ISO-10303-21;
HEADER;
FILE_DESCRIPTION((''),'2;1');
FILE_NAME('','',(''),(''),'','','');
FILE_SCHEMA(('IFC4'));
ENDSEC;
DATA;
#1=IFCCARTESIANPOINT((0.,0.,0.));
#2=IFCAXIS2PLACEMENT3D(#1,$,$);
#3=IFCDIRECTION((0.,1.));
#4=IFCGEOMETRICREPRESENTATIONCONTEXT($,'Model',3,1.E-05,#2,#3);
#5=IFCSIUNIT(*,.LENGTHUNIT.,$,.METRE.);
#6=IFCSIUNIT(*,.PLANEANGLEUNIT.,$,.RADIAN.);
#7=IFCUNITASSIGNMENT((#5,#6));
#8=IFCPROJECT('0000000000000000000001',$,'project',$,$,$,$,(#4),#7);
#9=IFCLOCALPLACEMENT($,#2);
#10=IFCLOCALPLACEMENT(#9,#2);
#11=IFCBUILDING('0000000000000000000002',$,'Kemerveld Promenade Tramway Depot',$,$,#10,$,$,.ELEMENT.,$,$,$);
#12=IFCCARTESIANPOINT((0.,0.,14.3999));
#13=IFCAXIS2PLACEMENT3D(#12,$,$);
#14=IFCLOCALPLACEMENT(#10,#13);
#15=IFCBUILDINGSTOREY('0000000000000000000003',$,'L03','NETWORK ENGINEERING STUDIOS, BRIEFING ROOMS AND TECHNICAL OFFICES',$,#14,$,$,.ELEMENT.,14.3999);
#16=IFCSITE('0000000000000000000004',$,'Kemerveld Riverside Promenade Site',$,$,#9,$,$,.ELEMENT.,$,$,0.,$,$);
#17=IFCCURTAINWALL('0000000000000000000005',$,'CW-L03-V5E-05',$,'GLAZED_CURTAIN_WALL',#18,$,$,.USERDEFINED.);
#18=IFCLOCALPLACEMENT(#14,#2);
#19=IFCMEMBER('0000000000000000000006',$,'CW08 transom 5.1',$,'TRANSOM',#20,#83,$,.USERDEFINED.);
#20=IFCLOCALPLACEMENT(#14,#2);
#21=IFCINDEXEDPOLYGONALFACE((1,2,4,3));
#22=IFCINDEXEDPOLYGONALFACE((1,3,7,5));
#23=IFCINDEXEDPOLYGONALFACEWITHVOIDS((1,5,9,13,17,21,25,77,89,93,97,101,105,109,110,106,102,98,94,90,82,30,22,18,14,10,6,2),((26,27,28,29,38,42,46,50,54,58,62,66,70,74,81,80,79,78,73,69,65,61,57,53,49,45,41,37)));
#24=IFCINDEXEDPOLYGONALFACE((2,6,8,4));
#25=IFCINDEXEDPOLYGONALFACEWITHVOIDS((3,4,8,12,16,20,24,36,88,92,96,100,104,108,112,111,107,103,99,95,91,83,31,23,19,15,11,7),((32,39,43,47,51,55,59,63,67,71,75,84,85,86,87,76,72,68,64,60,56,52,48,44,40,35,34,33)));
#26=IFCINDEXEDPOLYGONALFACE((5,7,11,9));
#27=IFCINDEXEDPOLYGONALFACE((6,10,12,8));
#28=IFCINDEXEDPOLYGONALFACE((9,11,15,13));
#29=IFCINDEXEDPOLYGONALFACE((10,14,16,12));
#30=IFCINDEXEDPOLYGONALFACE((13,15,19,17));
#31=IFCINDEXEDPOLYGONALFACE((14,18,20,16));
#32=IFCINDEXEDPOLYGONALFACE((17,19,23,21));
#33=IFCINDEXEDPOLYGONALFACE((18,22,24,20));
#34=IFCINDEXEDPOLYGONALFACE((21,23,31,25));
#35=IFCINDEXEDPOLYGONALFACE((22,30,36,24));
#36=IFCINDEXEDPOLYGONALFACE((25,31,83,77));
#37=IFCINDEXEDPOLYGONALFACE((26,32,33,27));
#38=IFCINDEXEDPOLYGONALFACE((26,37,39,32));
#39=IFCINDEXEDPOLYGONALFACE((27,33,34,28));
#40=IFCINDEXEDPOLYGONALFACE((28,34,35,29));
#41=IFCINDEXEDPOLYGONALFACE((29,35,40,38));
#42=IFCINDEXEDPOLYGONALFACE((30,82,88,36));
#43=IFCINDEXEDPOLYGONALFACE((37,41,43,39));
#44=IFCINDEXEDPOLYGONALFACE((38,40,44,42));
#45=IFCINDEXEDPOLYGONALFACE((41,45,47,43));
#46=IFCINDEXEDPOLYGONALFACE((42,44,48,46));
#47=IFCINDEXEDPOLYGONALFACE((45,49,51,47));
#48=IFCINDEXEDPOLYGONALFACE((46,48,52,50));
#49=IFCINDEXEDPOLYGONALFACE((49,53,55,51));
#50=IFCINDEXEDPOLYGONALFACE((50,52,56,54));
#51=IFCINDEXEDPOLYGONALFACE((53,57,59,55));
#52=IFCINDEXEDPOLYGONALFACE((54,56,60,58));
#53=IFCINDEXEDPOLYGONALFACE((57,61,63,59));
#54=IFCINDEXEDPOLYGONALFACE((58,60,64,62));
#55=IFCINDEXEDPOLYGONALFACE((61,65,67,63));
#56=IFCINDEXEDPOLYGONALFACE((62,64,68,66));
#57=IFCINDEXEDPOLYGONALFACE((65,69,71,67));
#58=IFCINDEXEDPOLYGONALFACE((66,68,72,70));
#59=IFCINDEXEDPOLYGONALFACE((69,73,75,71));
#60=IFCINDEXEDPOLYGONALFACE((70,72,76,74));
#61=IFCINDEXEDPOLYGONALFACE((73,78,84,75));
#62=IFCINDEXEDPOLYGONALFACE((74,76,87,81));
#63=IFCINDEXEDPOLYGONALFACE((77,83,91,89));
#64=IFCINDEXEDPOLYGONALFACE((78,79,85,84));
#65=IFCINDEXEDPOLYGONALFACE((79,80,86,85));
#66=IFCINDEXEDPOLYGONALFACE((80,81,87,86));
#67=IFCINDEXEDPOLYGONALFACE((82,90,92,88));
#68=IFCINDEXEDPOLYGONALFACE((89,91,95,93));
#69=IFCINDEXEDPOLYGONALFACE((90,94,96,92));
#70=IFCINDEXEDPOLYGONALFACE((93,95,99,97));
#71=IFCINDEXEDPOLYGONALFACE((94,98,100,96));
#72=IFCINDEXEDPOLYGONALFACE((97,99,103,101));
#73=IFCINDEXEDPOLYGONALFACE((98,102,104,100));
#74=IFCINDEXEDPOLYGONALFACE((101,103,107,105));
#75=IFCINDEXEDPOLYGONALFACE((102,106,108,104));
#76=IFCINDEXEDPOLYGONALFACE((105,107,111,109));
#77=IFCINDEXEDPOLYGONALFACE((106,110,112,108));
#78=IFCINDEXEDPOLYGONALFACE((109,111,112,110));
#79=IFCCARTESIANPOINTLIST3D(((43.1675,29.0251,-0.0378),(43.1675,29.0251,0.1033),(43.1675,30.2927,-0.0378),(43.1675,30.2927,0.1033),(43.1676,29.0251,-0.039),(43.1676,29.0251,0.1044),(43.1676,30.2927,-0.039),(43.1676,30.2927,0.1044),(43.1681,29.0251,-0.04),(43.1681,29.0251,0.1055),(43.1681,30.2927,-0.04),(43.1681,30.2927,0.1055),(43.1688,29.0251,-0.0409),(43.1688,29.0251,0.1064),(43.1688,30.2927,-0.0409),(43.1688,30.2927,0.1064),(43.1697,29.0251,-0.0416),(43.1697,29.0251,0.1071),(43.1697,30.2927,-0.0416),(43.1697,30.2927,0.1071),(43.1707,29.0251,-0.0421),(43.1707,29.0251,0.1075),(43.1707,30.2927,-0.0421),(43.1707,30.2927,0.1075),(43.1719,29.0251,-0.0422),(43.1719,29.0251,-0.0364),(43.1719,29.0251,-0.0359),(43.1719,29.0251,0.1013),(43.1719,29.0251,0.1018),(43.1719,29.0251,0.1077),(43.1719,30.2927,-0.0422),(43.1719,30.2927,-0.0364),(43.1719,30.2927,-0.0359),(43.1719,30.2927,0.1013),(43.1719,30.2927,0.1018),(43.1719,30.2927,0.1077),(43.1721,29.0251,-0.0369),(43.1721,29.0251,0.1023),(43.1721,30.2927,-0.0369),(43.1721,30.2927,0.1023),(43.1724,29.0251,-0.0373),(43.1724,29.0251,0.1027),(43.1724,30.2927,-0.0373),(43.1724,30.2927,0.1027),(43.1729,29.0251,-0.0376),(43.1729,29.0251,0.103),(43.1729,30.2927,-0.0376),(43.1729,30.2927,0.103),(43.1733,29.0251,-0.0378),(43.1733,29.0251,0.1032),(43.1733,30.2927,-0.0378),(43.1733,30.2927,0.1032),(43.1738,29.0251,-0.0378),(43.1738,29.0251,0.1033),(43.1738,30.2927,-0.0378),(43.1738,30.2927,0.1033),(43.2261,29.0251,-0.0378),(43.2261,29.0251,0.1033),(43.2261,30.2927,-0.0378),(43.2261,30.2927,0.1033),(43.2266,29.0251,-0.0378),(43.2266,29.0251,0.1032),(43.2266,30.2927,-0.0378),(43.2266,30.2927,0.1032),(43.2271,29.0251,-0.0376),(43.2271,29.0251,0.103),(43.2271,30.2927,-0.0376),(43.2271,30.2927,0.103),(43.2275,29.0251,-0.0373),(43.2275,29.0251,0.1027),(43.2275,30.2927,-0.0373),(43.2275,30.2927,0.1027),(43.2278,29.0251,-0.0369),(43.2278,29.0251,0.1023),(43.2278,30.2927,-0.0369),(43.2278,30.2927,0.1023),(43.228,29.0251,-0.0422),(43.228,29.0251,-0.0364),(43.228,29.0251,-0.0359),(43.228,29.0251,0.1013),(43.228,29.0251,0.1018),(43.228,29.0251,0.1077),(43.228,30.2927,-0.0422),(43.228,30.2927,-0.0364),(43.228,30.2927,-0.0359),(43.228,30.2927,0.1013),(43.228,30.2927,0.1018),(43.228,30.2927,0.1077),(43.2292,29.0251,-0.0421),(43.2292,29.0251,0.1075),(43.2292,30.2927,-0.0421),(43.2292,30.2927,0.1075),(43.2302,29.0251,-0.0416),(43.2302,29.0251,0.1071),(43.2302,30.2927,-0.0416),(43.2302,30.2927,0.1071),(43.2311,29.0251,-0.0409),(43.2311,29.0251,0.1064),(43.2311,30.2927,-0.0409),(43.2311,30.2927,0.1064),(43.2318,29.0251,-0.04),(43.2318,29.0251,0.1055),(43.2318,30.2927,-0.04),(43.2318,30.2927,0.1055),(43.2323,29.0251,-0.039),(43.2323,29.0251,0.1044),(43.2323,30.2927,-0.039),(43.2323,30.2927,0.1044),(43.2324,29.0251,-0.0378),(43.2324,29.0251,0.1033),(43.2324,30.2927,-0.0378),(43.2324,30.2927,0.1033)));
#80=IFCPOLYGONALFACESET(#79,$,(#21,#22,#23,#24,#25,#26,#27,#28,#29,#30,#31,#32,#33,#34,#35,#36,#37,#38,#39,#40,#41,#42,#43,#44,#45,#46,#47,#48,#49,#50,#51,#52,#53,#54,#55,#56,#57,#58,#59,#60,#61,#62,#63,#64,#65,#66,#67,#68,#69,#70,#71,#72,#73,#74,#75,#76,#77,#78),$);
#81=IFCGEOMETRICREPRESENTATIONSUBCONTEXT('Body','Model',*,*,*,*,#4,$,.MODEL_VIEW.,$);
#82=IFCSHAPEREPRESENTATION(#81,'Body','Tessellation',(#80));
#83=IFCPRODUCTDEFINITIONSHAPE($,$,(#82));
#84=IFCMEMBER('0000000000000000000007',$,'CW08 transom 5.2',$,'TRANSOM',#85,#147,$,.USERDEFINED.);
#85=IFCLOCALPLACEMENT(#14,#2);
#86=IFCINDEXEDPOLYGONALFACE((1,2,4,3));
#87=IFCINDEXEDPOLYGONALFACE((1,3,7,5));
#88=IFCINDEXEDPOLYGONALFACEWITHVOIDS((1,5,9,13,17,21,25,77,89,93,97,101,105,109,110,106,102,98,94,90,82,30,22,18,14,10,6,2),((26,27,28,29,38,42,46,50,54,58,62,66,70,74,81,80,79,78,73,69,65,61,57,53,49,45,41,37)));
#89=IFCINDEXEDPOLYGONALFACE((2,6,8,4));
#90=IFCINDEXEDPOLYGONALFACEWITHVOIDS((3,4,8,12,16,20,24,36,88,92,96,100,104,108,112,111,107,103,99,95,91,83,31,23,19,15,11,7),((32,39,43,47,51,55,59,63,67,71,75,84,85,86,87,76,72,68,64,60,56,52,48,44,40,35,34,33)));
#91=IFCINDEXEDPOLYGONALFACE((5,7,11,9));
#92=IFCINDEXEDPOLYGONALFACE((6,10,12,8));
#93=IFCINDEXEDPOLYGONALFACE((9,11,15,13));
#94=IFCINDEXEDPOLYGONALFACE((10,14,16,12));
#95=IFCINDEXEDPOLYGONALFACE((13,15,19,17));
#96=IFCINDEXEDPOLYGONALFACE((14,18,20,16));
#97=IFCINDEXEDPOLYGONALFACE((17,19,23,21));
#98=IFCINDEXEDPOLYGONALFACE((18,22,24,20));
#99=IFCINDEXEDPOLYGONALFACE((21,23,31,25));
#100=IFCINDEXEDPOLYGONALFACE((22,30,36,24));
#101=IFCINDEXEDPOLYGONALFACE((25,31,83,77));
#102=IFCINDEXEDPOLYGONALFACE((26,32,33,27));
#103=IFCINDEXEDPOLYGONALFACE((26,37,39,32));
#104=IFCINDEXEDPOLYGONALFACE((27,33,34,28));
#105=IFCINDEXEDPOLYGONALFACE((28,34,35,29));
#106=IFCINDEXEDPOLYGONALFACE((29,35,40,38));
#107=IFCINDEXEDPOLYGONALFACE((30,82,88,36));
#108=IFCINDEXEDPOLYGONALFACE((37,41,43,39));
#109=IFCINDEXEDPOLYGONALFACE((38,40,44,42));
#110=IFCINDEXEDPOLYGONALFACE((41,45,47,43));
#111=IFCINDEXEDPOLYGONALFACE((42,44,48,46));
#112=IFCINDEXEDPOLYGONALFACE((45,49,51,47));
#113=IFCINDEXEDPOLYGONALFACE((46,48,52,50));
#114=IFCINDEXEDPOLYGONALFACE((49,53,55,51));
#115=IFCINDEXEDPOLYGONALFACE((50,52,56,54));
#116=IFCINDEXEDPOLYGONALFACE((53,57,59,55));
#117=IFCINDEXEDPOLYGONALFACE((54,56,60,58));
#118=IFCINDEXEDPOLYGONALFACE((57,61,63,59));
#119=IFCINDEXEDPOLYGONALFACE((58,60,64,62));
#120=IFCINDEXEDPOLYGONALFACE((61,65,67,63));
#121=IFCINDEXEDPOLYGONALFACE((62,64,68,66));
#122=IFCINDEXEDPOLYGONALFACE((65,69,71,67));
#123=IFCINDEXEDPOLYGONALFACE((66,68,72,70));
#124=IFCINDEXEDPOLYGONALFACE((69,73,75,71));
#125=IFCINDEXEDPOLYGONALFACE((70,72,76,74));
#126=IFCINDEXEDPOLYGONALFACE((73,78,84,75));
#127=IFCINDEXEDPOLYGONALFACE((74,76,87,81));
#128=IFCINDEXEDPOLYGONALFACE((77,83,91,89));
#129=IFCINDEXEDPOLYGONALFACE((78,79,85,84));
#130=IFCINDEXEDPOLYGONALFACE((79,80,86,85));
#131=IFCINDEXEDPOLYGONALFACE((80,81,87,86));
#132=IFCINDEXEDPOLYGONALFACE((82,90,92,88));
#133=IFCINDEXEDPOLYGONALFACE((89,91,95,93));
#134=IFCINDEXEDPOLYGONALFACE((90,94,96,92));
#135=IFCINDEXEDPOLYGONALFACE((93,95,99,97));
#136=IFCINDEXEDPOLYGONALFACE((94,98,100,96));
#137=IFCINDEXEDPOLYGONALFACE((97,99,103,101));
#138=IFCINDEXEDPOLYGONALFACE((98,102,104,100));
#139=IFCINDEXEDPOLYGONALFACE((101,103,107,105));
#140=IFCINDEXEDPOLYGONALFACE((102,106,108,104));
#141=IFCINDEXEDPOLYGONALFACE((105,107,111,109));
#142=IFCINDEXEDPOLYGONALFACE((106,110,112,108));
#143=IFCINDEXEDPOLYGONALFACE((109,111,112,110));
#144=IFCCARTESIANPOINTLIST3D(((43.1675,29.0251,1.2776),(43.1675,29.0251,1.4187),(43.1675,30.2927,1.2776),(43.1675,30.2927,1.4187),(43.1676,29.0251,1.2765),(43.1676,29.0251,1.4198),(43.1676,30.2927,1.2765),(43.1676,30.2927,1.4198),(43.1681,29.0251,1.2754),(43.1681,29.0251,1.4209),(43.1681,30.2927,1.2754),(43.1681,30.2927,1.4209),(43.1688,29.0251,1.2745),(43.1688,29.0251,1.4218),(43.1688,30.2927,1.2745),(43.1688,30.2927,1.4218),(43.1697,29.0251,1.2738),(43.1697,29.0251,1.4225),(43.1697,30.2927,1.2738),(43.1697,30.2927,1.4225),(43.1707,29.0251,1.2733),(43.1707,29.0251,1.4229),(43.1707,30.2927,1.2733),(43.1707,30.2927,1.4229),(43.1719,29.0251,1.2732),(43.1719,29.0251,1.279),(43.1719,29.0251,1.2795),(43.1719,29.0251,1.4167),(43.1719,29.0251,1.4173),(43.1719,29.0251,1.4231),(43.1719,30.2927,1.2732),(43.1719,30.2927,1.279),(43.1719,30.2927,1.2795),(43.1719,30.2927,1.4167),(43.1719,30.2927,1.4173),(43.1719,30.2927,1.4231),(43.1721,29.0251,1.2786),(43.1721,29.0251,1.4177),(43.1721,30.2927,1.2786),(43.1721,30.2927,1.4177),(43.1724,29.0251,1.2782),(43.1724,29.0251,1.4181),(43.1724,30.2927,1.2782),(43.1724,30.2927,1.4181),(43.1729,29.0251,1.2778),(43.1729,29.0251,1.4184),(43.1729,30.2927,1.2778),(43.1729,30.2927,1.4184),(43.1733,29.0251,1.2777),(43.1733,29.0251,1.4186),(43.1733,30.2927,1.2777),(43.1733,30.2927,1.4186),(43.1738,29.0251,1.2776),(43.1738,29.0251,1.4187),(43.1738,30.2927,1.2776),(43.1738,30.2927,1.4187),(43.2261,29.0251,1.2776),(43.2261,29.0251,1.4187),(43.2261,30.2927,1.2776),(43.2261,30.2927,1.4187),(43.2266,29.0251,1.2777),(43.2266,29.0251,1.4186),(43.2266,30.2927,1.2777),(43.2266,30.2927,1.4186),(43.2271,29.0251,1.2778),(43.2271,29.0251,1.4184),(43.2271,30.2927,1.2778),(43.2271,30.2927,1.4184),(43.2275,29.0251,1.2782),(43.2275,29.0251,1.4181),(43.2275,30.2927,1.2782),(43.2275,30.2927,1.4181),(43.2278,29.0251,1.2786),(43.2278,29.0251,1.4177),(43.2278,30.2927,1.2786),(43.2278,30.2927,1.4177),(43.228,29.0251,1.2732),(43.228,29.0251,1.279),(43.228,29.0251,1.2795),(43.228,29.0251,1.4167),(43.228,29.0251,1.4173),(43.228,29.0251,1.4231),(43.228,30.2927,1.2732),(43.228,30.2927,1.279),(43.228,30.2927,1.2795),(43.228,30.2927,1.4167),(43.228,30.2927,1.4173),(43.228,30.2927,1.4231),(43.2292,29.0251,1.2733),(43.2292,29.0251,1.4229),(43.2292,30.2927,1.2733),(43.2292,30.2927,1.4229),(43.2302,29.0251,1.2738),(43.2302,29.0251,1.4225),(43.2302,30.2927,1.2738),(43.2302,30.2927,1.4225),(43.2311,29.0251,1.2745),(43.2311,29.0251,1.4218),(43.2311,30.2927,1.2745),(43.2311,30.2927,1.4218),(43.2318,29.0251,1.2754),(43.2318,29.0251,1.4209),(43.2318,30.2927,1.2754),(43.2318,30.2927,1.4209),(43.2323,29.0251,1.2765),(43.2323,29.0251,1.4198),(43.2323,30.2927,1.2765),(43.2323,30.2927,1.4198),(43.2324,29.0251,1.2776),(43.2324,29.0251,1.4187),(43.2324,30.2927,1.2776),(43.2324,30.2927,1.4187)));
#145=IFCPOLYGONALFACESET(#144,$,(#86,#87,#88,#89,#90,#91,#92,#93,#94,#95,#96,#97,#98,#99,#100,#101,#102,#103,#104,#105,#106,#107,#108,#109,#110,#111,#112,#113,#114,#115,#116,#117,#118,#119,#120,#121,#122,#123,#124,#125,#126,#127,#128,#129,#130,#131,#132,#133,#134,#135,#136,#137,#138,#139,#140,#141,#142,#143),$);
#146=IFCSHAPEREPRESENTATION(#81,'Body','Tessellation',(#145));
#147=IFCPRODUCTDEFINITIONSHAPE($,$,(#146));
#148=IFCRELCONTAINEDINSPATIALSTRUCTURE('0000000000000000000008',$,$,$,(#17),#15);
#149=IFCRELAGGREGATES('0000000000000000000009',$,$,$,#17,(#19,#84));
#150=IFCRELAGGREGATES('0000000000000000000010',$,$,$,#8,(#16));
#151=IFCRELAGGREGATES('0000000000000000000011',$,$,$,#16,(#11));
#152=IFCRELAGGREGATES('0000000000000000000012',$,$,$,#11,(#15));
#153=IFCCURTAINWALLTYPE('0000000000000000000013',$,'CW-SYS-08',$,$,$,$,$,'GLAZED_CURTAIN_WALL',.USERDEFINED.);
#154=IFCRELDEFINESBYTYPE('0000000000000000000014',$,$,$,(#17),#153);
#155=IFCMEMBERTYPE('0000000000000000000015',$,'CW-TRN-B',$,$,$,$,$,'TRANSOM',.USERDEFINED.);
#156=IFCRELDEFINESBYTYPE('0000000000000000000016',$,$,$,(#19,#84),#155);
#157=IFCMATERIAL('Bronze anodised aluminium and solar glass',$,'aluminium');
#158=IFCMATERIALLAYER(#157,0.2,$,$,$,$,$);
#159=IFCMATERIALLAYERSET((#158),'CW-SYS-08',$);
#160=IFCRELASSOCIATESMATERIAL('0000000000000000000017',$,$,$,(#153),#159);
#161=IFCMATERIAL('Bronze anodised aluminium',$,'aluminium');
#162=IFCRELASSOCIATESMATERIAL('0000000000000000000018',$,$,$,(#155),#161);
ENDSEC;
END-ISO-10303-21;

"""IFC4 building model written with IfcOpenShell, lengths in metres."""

from ifc_helpers import new_model, si_unit, direction, frame, origin, origin_2d, place, context, subcontext, project, spatial, hollow_rectangle, extrude, material, layer, layer_set, material_profile, profile_set, type_object, element, aggregate, save


model = new_model("IFC4")

# Units and contexts
model_context = context("Model", 3, precision=1e-05, world=origin(), true_north=direction((0.0, 1.0)))
body_context = subcontext(model_context, "Body", "Model", "MODEL_VIEW")
ifc_project = project(units=[si_unit("LENGTHUNIT", "METRE"), si_unit("PLANEANGLEUNIT", "RADIAN")], contexts=[model_context])

# Site, building, storey
site_placement = place(None, origin())
site = spatial("IfcSite", under=ifc_project, at=site_placement, Name="Kemerveld Riverside Promenade Site", CompositionType="ELEMENT", RefElevation=0.0)
building_placement = place(site_placement, origin())
building = spatial("IfcBuilding", under=site, at=building_placement, Name="Kemerveld Promenade Tramway Depot", CompositionType="ELEMENT")
storey_placement = place(building_placement, frame((0.0, 0.0, 14.3999)))
storey = spatial("IfcBuildingStorey", under=building, at=storey_placement, Name="L03", Description="NETWORK ENGINEERING STUDIOS, BRIEFING ROOMS AND TECHNICAL OFFICES", CompositionType="ELEMENT", Elevation=14.3999)

# Curtain wall, members
ifc_material_1 = material(Name="Bronze anodised aluminium and solar glass", Category="aluminium")
ifc_layer_1 = layer(ifc_material_1, 0.2)
ifc_layer_set_1 = layer_set([ifc_layer_1], Name="CW-SYS-08")
curtain_wall_type = type_object("IfcCurtainWallType", Name="CW-SYS-08", ElementType="GLAZED_CURTAIN_WALL", PredefinedType="USERDEFINED", material=ifc_layer_set_1)
curtain_wall_placement = place(storey_placement, origin())
curtain_wall = element("IfcCurtainWall", 1, at=curtain_wall_placement, inside=storey, type_object=curtain_wall_type, Name="CW-L03-V5E-05", ObjectType="GLAZED_CURTAIN_WALL", PredefinedType="USERDEFINED")
ifc_material_2 = material(Name="Bronze anodised aluminium", Category="aluminium")
ifc_material_profile_1 = material_profile(ifc_material_2, hollow_rectangle(XDim=0.0649, YDim=0.1499, WallThickness=0.0044, InnerFilletRadius=0.002, OuterFilletRadius=0.0044, at=origin_2d()), Name="CW-TRN-150x65")
ifc_profile_set_1 = profile_set([ifc_material_profile_1], Name="Bronze anodised aluminium")
member_type_1 = type_object("IfcMemberType", Name="CW-TRN-B", ElementType="TRANSOM", PredefinedType="USERDEFINED", material=ifc_profile_set_1)
member_1_placement = place(storey_placement, frame((43.2, 30.2927, 0.0327), z_axis=(0.0, -1.0, 0.0), x_axis=(1.0, 0.0, 0.0)))
member_1 = element("IfcMember", 2, at=member_1_placement, type_object=member_type_1, Name="CW08 transom 5.1", ObjectType="TRANSOM", PredefinedType="USERDEFINED", context=body_context, shape_type="SweptSolid", body=[
    extrude(hollow_rectangle(XDim=0.0649, YDim=0.1499, WallThickness=0.0044, InnerFilletRadius=0.002, OuterFilletRadius=0.0044, at=origin_2d()), origin(), (0.0, 0.0, 1.0), 1.2676),
])
member_2_placement = place(storey_placement, frame((43.2, 30.2927, 1.3481), z_axis=(0.0, -1.0, 0.0), x_axis=(1.0, 0.0, 0.0)))
member_2 = element("IfcMember", 3, at=member_2_placement, type_object=member_type_1, Name="CW08 transom 5.2", ObjectType="TRANSOM", PredefinedType="USERDEFINED", context=body_context, shape_type="SweptSolid", body=[
    extrude(hollow_rectangle(XDim=0.0649, YDim=0.1499, WallThickness=0.0044, InnerFilletRadius=0.002, OuterFilletRadius=0.0044, at=origin_2d()), origin(), (0.0, 0.0, 1.0), 1.2676),
])
aggregate(curtain_wall, [member_1, member_2])

save(model, "model.ifc")
